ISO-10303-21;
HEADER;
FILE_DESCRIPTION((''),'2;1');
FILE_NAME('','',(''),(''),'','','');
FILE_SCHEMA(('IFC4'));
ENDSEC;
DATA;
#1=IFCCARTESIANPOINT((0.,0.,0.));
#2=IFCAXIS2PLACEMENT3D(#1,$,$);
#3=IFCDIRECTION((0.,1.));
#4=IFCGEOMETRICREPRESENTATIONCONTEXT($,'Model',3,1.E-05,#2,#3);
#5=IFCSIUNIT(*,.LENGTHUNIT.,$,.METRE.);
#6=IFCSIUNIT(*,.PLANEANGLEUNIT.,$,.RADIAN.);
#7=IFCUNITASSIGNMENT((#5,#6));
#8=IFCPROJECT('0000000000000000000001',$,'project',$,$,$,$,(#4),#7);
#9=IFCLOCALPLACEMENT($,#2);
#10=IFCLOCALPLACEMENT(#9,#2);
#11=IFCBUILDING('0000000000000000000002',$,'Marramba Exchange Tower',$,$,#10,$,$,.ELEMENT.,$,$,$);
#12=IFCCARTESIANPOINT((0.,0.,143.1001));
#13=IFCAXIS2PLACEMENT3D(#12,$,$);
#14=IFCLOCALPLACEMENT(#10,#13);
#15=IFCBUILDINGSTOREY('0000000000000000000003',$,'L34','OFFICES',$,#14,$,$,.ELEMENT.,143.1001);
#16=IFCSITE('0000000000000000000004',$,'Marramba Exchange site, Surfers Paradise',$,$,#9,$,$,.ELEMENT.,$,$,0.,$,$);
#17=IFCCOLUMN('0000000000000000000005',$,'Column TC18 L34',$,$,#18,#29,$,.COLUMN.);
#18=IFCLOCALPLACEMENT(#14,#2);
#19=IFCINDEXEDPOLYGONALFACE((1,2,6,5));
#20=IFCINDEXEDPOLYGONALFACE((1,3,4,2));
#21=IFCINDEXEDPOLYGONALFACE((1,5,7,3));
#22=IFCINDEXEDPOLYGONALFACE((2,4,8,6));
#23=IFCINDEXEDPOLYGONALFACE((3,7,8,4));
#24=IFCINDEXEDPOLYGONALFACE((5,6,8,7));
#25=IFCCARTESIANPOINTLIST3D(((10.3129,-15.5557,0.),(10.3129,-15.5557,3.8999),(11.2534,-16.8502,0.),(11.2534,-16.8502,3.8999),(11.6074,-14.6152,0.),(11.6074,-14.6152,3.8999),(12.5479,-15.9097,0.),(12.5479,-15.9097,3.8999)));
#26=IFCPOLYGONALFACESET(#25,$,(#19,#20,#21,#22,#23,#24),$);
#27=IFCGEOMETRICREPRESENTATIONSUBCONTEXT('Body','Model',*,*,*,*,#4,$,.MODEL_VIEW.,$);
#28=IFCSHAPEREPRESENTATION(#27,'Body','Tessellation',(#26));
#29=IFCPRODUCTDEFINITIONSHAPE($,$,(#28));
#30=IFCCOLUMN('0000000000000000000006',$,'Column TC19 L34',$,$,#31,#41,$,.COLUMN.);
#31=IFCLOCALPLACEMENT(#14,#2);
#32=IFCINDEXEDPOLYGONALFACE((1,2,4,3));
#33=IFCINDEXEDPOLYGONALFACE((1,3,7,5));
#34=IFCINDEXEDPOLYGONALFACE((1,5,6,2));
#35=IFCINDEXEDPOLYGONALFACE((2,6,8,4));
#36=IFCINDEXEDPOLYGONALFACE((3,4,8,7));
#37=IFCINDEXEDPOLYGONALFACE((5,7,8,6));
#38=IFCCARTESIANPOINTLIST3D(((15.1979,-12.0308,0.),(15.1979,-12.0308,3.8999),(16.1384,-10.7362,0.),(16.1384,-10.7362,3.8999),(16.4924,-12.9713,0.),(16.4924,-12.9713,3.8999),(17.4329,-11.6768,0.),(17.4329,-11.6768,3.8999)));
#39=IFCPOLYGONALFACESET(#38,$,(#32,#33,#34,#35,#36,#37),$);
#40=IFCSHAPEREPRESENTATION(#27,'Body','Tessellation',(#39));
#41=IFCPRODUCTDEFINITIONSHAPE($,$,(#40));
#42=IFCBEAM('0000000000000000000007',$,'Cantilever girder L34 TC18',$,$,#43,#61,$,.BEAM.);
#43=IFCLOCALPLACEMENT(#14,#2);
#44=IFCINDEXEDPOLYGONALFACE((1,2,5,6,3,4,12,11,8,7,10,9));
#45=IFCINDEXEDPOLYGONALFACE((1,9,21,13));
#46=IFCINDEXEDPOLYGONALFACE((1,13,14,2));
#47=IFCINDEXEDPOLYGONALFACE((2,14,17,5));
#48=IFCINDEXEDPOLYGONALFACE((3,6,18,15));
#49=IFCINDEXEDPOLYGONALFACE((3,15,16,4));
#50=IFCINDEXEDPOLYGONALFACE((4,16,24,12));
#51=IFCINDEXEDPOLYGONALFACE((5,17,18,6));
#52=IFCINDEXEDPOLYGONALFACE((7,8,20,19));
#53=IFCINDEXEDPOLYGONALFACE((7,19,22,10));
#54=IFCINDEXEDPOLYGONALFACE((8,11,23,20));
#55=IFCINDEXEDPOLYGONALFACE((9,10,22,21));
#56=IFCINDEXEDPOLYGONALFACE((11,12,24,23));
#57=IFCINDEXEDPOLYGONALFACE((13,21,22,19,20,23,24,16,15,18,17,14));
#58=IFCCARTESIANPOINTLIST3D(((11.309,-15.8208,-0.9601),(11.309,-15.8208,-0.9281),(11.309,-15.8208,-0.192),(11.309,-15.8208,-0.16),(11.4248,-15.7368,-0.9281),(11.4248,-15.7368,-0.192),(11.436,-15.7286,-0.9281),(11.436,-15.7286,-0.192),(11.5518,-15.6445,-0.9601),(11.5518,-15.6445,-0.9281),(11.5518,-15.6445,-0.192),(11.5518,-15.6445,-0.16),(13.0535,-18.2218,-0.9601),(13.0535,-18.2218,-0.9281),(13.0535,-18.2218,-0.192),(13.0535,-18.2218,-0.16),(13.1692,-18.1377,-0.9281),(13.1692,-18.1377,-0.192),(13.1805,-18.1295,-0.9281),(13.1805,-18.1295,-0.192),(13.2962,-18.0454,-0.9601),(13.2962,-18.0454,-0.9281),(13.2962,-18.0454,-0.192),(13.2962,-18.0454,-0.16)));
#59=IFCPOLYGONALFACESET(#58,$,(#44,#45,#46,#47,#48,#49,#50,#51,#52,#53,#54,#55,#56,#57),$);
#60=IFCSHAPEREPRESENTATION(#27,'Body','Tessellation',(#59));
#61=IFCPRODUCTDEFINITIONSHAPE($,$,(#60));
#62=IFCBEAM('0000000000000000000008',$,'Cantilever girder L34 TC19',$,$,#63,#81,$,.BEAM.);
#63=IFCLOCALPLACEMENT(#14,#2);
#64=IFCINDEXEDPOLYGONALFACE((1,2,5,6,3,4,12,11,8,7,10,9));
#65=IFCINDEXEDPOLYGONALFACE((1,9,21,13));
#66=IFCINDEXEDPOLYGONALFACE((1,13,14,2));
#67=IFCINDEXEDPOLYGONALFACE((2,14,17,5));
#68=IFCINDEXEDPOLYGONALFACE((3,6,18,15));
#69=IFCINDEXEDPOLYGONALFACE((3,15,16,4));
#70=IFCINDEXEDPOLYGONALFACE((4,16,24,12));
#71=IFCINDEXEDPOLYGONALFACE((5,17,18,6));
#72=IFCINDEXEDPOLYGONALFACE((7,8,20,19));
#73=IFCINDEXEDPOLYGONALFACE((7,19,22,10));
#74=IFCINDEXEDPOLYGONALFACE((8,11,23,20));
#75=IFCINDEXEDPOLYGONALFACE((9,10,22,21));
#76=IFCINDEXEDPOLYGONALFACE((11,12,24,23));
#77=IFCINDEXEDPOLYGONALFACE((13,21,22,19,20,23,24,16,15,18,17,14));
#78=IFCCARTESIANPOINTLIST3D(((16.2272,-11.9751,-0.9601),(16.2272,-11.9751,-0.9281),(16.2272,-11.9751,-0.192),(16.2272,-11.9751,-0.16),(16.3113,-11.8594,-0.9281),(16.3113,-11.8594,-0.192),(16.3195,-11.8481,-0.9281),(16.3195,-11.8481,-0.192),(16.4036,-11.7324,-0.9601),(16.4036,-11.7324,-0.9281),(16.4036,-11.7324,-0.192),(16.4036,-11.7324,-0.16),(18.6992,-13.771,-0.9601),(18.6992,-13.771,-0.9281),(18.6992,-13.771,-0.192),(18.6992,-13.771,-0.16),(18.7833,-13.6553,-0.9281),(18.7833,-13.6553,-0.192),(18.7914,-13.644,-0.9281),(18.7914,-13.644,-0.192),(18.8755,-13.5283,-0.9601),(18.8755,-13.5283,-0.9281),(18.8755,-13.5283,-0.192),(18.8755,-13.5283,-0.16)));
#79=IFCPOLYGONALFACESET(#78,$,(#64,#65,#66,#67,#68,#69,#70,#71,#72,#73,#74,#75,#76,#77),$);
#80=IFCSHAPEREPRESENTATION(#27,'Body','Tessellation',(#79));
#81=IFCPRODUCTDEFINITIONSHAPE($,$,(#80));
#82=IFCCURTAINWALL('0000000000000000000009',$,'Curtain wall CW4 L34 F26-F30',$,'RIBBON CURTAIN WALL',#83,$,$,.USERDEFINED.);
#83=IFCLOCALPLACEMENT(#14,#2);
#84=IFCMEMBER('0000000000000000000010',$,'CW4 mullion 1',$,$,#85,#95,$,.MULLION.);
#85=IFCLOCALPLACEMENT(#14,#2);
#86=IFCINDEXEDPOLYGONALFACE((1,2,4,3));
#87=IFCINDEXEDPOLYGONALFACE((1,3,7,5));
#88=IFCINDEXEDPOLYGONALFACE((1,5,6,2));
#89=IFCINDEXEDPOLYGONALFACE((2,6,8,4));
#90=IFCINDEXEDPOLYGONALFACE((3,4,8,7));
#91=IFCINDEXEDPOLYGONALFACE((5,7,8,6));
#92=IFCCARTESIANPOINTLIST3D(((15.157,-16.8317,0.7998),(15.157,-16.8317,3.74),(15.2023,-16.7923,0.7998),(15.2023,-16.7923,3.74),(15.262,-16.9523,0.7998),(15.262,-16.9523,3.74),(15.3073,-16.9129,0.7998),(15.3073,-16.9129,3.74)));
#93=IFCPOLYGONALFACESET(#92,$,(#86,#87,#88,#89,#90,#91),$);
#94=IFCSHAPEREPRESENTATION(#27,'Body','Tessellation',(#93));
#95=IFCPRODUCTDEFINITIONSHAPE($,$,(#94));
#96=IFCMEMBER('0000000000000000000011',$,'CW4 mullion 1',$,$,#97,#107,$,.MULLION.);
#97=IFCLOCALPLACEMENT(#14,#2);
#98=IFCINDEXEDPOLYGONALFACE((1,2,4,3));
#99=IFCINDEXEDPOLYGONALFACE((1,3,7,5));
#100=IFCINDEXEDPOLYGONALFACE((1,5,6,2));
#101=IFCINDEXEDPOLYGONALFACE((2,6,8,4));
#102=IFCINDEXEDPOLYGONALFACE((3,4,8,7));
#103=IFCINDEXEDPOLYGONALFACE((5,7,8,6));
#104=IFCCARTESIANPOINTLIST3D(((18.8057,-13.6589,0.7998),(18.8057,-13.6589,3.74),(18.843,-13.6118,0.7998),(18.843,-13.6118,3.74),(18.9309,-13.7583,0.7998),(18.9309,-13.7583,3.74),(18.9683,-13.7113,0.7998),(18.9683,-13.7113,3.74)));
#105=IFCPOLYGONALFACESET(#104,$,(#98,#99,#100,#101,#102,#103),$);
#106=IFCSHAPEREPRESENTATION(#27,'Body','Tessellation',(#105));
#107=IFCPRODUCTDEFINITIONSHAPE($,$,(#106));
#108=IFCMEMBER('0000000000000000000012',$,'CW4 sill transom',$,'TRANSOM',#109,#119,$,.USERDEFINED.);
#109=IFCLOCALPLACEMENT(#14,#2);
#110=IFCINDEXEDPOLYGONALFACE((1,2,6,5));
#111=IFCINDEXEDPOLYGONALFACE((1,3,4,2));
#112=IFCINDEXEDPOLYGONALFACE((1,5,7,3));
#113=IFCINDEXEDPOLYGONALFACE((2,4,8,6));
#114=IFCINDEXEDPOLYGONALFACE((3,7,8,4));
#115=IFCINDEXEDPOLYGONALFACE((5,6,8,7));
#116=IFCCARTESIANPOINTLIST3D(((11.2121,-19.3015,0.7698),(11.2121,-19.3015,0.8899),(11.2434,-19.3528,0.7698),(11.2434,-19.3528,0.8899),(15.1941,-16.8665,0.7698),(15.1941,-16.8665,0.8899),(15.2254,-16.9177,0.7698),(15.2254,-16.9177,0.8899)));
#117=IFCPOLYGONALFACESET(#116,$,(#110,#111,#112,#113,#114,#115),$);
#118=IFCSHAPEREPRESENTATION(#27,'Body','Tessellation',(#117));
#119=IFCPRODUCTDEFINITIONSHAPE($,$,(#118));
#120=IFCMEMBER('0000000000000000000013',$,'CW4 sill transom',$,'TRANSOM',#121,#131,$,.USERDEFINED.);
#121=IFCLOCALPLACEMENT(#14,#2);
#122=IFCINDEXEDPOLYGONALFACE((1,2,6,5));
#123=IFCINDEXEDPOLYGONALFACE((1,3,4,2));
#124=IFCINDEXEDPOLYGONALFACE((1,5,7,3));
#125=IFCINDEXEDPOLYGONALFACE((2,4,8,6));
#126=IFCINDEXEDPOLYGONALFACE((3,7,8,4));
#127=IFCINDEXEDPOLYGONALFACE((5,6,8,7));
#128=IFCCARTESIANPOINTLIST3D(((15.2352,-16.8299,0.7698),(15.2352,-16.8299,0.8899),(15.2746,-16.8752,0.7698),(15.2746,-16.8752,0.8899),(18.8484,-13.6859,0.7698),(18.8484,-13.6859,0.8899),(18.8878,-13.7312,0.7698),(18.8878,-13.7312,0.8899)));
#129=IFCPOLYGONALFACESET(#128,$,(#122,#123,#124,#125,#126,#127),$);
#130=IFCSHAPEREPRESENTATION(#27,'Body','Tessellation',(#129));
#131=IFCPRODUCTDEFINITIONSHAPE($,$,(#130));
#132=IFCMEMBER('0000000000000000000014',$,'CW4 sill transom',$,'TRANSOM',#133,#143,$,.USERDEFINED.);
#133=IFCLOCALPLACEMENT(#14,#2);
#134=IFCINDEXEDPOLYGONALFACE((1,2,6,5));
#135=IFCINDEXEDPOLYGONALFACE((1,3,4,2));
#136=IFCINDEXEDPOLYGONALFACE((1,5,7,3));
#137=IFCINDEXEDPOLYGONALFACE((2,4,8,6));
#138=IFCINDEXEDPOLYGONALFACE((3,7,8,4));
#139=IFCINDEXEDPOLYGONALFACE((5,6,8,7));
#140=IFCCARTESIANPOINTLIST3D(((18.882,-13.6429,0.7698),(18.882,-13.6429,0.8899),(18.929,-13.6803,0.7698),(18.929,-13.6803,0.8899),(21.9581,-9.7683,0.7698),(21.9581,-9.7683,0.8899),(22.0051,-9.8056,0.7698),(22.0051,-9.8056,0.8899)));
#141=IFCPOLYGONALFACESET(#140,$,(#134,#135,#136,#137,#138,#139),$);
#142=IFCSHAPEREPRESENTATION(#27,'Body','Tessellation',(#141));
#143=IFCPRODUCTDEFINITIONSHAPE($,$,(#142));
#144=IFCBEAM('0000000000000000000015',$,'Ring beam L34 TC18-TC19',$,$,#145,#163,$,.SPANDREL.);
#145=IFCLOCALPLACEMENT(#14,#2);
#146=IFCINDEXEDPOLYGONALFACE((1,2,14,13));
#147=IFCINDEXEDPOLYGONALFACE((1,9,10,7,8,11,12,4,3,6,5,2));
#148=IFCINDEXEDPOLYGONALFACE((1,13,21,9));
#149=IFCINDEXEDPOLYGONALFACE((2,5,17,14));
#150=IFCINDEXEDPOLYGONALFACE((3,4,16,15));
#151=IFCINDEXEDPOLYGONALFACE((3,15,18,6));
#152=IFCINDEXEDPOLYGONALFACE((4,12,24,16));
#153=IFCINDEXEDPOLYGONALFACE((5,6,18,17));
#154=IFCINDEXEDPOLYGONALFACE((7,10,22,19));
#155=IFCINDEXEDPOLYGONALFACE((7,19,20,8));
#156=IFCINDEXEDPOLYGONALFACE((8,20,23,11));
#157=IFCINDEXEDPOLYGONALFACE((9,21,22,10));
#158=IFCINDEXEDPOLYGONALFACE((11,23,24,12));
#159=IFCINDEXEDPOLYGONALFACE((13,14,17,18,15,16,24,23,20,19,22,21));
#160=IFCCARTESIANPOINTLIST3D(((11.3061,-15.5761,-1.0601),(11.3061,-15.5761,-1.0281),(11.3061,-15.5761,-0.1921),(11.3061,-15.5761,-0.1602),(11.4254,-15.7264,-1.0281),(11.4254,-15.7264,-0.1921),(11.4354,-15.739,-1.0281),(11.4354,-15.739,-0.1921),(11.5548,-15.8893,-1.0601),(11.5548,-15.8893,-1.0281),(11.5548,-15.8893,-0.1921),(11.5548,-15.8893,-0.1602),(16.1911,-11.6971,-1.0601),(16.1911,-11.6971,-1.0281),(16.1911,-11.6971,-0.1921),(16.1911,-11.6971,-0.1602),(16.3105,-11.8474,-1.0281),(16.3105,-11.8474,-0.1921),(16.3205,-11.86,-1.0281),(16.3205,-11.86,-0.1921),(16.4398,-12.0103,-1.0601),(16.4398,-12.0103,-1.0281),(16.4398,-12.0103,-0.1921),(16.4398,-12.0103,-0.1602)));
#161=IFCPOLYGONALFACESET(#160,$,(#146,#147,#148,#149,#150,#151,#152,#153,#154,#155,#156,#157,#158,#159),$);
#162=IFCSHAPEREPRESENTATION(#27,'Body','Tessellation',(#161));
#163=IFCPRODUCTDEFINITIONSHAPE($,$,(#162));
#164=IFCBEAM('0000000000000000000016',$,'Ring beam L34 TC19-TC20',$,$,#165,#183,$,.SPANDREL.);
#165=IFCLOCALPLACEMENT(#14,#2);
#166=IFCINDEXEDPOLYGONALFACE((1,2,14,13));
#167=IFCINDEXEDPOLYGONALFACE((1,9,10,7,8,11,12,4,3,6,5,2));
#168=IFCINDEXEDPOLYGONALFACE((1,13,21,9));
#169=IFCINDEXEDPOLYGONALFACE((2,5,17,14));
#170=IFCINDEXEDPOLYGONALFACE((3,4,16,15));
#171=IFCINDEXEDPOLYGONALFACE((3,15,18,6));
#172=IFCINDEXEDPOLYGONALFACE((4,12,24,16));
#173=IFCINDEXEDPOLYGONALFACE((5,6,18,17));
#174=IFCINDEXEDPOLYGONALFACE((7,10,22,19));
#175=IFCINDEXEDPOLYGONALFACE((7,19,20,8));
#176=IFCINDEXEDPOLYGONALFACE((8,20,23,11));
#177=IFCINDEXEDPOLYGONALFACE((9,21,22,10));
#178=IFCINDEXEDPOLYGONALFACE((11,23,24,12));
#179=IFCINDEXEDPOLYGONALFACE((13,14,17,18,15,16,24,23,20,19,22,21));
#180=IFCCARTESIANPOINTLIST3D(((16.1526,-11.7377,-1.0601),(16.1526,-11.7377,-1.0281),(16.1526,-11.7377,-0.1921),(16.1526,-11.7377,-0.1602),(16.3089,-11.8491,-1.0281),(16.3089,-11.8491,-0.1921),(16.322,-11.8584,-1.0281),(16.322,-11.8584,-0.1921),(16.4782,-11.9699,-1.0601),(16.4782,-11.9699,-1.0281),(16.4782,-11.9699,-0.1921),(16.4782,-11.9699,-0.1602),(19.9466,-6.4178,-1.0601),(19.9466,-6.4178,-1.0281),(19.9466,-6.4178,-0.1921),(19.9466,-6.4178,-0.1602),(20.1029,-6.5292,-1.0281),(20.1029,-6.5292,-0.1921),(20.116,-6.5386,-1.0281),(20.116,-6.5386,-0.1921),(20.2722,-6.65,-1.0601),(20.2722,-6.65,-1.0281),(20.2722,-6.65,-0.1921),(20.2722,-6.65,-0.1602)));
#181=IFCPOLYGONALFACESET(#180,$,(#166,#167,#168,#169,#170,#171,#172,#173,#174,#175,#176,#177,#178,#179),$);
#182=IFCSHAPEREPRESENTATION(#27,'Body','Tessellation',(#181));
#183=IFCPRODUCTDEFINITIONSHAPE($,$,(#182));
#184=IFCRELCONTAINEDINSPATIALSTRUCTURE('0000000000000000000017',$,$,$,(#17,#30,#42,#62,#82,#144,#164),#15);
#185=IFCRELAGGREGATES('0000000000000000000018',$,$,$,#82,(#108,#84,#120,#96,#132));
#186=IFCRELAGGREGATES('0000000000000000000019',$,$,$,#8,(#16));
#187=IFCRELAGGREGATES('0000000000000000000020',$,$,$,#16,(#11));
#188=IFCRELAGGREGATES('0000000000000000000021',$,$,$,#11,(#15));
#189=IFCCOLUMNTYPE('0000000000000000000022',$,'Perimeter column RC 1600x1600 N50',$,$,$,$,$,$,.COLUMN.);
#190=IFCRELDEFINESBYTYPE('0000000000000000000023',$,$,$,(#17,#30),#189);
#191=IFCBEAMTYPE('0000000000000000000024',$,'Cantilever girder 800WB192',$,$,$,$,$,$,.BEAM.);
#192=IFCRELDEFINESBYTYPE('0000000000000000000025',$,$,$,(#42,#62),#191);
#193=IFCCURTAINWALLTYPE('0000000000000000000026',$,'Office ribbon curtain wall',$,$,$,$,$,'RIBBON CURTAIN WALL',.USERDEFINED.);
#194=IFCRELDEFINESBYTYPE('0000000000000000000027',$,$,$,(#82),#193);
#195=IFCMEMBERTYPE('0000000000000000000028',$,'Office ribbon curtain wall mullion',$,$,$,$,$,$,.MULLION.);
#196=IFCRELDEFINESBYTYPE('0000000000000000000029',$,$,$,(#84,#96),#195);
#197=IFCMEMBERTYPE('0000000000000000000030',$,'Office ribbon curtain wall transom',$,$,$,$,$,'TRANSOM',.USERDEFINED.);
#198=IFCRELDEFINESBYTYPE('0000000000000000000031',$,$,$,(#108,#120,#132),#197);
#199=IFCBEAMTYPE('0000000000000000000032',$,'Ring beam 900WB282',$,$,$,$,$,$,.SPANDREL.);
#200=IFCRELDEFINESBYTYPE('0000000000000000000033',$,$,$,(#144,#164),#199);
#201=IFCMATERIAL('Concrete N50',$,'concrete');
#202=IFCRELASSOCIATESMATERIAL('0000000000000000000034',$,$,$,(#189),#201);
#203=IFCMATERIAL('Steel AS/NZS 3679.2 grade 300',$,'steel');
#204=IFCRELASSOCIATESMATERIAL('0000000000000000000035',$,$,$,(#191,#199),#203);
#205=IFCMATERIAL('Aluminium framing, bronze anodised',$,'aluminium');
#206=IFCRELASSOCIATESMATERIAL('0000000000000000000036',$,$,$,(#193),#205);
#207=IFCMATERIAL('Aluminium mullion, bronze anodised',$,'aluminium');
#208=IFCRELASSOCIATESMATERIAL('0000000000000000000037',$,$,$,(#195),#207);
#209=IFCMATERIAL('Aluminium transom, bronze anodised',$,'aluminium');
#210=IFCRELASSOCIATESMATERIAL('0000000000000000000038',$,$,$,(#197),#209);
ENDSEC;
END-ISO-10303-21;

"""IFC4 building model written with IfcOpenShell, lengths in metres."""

from ifc_helpers import new_model, si_unit, direction, frame, origin, origin_2d, place, context, subcontext, project, spatial, rectangle, i_section, extrude, material, material_profile, profile_set, type_object, element, aggregate, save


model = new_model("IFC4")

# Units and contexts
model_context = context("Model", 3, precision=1e-05, world=origin(), true_north=direction((0.0, 1.0)))
body_context = subcontext(model_context, "Body", "Model", "MODEL_VIEW")
ifc_project = project(units=[si_unit("LENGTHUNIT", "METRE"), si_unit("PLANEANGLEUNIT", "RADIAN")], contexts=[model_context])

# Site, building, storey
site_placement = place(None, origin())
site = spatial("IfcSite", under=ifc_project, at=site_placement, Name="Marramba Exchange site, Surfers Paradise", CompositionType="ELEMENT", RefElevation=0.0)
building_placement = place(site_placement, origin())
building = spatial("IfcBuilding", under=site, at=building_placement, Name="Marramba Exchange Tower", CompositionType="ELEMENT")
storey_placement = place(building_placement, frame((0.0, 0.0, 143.1001)))
storey = spatial("IfcBuildingStorey", under=building, at=storey_placement, Name="L34", Description="OFFICES", CompositionType="ELEMENT", Elevation=143.1001)

# Columns
ifc_material_1 = material(Name="Concrete N50", Category="concrete")
ifc_material_profile_1 = material_profile(ifc_material_1, rectangle(XDim=1.6001, YDim=1.6001, at=origin_2d()), Name="RC 1600x1600")
ifc_profile_set_1 = profile_set([ifc_material_profile_1], Name="Concrete N50")
column_type = type_object("IfcColumnType", Name="Perimeter column RC 1600x1600 N50", PredefinedType="COLUMN", material=ifc_profile_set_1)
for number, where, z_axis, x_axis, name in (
    (1, (11.4304, -15.7327, 0.0), (0.0, 0.0, 1.0), (0.587785, -0.809017, 0.0), "Column TC18 L34"),
    (2, (16.3154, -11.8538, 0.0), (0.0, 0.0, 1.0), (0.809017, -0.587785, 0.0), "Column TC19 L34"),
):
    element("IfcColumn", number, at=place(storey_placement, frame(where, z_axis=z_axis, x_axis=x_axis)), inside=storey, type_object=column_type, Name=name, PredefinedType="COLUMN", context=body_context, shape_type="SweptSolid", body=[
        extrude(rectangle(XDim=1.6001, YDim=1.6001, at=origin_2d()), origin(), (0.0, 0.0, 1.0), 3.8999),
    ])

# Beams
ifc_material_2 = material(Name="Steel AS/NZS 3679.2 grade 300", Category="steel")
ifc_material_profile_2 = material_profile(ifc_material_2, i_section(OverallWidth=0.3, OverallDepth=0.8, WebThickness=0.0139, FlangeThickness=0.032, at=origin_2d()), Name="800WB192")
ifc_profile_set_2 = profile_set([ifc_material_profile_2], Name="Steel AS/NZS 3679.2 grade 300")
beam_type_1 = type_object("IfcBeamType", Name="Cantilever girder 800WB192", PredefinedType="BEAM", material=ifc_profile_set_2)
beam_1_placement = place(storey_placement, frame((11.4304, -15.7327, -0.5601), z_axis=(0.587795, -0.80901, 0.0), x_axis=(0.80901, 0.587795, 0.0)))
element("IfcBeam", 3, at=beam_1_placement, inside=storey, type_object=beam_type_1, Name="Cantilever girder L34 TC18", PredefinedType="BEAM", context=body_context, shape_type="SweptSolid", body=[
    extrude(i_section(OverallWidth=0.3, OverallDepth=0.8, WebThickness=0.0139, FlangeThickness=0.032, at=origin_2d()), origin(), (0.0, 0.0, 1.0), 2.9678),
])
beam_2_placement = place(storey_placement, frame((16.3154, -11.8538, -0.5601), z_axis=(0.809026, -0.587773, 0.0), x_axis=(0.587773, 0.809026, 0.0)))
element("IfcBeam", 4, at=beam_2_placement, inside=storey, type_object=beam_type_1, Name="Cantilever girder L34 TC19", PredefinedType="BEAM", context=body_context, shape_type="SweptSolid", body=[
    extrude(i_section(OverallWidth=0.3, OverallDepth=0.8, WebThickness=0.0139, FlangeThickness=0.032, at=origin_2d()), origin(), (0.0, 0.0, 1.0), 3.0554),
])

# Curtain wall, members
ifc_material_3 = material(Name="Aluminium framing, bronze anodised", Category="aluminium")
curtain_wall_type = type_object("IfcCurtainWallType", Name="Office ribbon curtain wall", ElementType="RIBBON CURTAIN WALL", PredefinedType="USERDEFINED", material=ifc_material_3)
curtain_wall_placement = place(storey_placement, origin())
curtain_wall = element("IfcCurtainWall", 5, at=curtain_wall_placement, inside=storey, type_object=curtain_wall_type, Name="Curtain wall CW4 L34 F26-F30", ObjectType="RIBBON CURTAIN WALL", PredefinedType="USERDEFINED")
ifc_material_4 = material(Name="Aluminium mullion, bronze anodised", Category="aluminium")
ifc_material_profile_3 = material_profile(ifc_material_4, rectangle(XDim=0.1599, YDim=0.0601, at=origin_2d()), Name="CW4 mullion 60x160")
ifc_profile_set_3 = profile_set([ifc_material_profile_3], Name="Aluminium mullion, bronze anodised")
member_type_1 = type_object("IfcMemberType", Name="Office ribbon curtain wall mullion", PredefinedType="MULLION", material=ifc_profile_set_3)
member_1_placement = place(storey_placement, frame((15.2322, -16.8723, 0.7998), z_axis=(0.0, 0.0, 1.0), x_axis=(-0.656432, 0.754386, 0.0)))
member_1 = element("IfcMember", 6, at=member_1_placement, type_object=member_type_1, Name="CW4 mullion 1", PredefinedType="MULLION", context=body_context, shape_type="SweptSolid", body=[
    extrude(rectangle(XDim=0.1599, YDim=0.0601, at=origin_2d()), origin(), (0.0, 0.0, 1.0), 2.9402),
])
member_2_placement = place(storey_placement, frame((18.887, -13.6851, 0.7998), z_axis=(0.0, 0.0, 1.0), x_axis=(-0.78317, 0.621807, 0.0)))
member_2 = element("IfcMember", 7, at=member_2_placement, type_object=member_type_1, Name="CW4 mullion 1", PredefinedType="MULLION", context=body_context, shape_type="SweptSolid", body=[
    extrude(rectangle(XDim=0.1599, YDim=0.0601, at=origin_2d()), origin(), (0.0, 0.0, 1.0), 2.9402),
])
ifc_material_5 = material(Name="Aluminium transom, bronze anodised", Category="aluminium")
ifc_material_profile_4 = material_profile(ifc_material_5, rectangle(XDim=0.0601, YDim=0.1201, at=origin_2d()), Name="CW4 transom 60x120")
ifc_profile_set_4 = profile_set([ifc_material_profile_4], Name="Aluminium transom, bronze anodised")
member_type_2 = type_object("IfcMemberType", Name="Office ribbon curtain wall transom", ElementType="TRANSOM", PredefinedType="USERDEFINED", material=ifc_profile_set_4)
member_3_placement = place(storey_placement, frame((11.2278, -19.3271, 0.8298), z_axis=(0.853124, 0.521708, 0.0), x_axis=(-0.521708, 0.853124, 0.0)))
member_3 = element("IfcMember", 8, at=member_3_placement, type_object=member_type_2, Name="CW4 sill transom", ObjectType="TRANSOM", PredefinedType="USERDEFINED", context=body_context, shape_type="SweptSolid", body=[
    extrude(rectangle(XDim=0.0601, YDim=0.1201, at=origin_2d()), origin(), (0.0, 0.0, 1.0), 4.6675),
])
member_4_placement = place(storey_placement, frame((15.2549, -16.8525, 0.8298), z_axis=(0.754393, 0.656424, 0.0), x_axis=(-0.656424, 0.754393, 0.0)))
member_4 = element("IfcMember", 9, at=member_4_placement, type_object=member_type_2, Name="CW4 sill transom", ObjectType="TRANSOM", PredefinedType="USERDEFINED", context=body_context, shape_type="SweptSolid", body=[
    extrude(rectangle(XDim=0.0601, YDim=0.1201, at=origin_2d()), origin(), (0.0, 0.0, 1.0), 4.7896),
])
member_5_placement = place(storey_placement, frame((18.9055, -13.6616, 0.8298), z_axis=(0.621778, 0.783194, 0.0), x_axis=(-0.783194, 0.621778, 0.0)))
member_5 = element("IfcMember", 10, at=member_5_placement, type_object=member_type_2, Name="CW4 sill transom", ObjectType="TRANSOM", PredefinedType="USERDEFINED", context=body_context, shape_type="SweptSolid", body=[
    extrude(rectangle(XDim=0.0601, YDim=0.1201, at=origin_2d()), origin(), (0.0, 0.0, 1.0), 4.9473),
])

# Beams
ifc_material_profile_5 = material_profile(ifc_material_2, i_section(OverallWidth=0.3999, OverallDepth=0.8999, WebThickness=0.0161, FlangeThickness=0.032, at=origin_2d()), Name="900WB282")
ifc_profile_set_5 = profile_set([ifc_material_profile_5], Name="Steel AS/NZS 3679.2 grade 300")
beam_type_2 = type_object("IfcBeamType", Name="Ring beam 900WB282", PredefinedType="SPANDREL", material=ifc_profile_set_5)
beam_3_placement = place(storey_placement, frame((11.4304, -15.7327, -0.6101), z_axis=(0.783139, 0.621846, 0.0), x_axis=(-0.621846, 0.783139, 0.0)))
element("IfcBeam", 11, at=beam_3_placement, inside=storey, type_object=beam_type_2, Name="Ring beam L34 TC18-TC19", PredefinedType="SPANDREL", context=body_context, shape_type="SweptSolid", body=[
    extrude(i_section(OverallWidth=0.3999, OverallDepth=0.8999, WebThickness=0.0161, FlangeThickness=0.032, at=origin_2d()), origin(), (0.0, 0.0, 1.0), 6.2378),
])
beam_4_placement = place(storey_placement, frame((16.3154, -11.8538, -0.6101), z_axis=(0.580637, 0.814162, 0.0), x_axis=(-0.814162, 0.580637, 0.0)))
element("IfcBeam", 12, at=beam_4_placement, inside=storey, type_object=beam_type_2, Name="Ring beam L34 TC19-TC20", PredefinedType="SPANDREL", context=body_context, shape_type="SweptSolid", body=[
    extrude(i_section(OverallWidth=0.3999, OverallDepth=0.8999, WebThickness=0.0161, FlangeThickness=0.032, at=origin_2d()), origin(), (0.0, 0.0, 1.0), 6.5342),
])

aggregate(curtain_wall, [member_3, member_1, member_4, member_2, member_5])

save(model, "model.ifc")
